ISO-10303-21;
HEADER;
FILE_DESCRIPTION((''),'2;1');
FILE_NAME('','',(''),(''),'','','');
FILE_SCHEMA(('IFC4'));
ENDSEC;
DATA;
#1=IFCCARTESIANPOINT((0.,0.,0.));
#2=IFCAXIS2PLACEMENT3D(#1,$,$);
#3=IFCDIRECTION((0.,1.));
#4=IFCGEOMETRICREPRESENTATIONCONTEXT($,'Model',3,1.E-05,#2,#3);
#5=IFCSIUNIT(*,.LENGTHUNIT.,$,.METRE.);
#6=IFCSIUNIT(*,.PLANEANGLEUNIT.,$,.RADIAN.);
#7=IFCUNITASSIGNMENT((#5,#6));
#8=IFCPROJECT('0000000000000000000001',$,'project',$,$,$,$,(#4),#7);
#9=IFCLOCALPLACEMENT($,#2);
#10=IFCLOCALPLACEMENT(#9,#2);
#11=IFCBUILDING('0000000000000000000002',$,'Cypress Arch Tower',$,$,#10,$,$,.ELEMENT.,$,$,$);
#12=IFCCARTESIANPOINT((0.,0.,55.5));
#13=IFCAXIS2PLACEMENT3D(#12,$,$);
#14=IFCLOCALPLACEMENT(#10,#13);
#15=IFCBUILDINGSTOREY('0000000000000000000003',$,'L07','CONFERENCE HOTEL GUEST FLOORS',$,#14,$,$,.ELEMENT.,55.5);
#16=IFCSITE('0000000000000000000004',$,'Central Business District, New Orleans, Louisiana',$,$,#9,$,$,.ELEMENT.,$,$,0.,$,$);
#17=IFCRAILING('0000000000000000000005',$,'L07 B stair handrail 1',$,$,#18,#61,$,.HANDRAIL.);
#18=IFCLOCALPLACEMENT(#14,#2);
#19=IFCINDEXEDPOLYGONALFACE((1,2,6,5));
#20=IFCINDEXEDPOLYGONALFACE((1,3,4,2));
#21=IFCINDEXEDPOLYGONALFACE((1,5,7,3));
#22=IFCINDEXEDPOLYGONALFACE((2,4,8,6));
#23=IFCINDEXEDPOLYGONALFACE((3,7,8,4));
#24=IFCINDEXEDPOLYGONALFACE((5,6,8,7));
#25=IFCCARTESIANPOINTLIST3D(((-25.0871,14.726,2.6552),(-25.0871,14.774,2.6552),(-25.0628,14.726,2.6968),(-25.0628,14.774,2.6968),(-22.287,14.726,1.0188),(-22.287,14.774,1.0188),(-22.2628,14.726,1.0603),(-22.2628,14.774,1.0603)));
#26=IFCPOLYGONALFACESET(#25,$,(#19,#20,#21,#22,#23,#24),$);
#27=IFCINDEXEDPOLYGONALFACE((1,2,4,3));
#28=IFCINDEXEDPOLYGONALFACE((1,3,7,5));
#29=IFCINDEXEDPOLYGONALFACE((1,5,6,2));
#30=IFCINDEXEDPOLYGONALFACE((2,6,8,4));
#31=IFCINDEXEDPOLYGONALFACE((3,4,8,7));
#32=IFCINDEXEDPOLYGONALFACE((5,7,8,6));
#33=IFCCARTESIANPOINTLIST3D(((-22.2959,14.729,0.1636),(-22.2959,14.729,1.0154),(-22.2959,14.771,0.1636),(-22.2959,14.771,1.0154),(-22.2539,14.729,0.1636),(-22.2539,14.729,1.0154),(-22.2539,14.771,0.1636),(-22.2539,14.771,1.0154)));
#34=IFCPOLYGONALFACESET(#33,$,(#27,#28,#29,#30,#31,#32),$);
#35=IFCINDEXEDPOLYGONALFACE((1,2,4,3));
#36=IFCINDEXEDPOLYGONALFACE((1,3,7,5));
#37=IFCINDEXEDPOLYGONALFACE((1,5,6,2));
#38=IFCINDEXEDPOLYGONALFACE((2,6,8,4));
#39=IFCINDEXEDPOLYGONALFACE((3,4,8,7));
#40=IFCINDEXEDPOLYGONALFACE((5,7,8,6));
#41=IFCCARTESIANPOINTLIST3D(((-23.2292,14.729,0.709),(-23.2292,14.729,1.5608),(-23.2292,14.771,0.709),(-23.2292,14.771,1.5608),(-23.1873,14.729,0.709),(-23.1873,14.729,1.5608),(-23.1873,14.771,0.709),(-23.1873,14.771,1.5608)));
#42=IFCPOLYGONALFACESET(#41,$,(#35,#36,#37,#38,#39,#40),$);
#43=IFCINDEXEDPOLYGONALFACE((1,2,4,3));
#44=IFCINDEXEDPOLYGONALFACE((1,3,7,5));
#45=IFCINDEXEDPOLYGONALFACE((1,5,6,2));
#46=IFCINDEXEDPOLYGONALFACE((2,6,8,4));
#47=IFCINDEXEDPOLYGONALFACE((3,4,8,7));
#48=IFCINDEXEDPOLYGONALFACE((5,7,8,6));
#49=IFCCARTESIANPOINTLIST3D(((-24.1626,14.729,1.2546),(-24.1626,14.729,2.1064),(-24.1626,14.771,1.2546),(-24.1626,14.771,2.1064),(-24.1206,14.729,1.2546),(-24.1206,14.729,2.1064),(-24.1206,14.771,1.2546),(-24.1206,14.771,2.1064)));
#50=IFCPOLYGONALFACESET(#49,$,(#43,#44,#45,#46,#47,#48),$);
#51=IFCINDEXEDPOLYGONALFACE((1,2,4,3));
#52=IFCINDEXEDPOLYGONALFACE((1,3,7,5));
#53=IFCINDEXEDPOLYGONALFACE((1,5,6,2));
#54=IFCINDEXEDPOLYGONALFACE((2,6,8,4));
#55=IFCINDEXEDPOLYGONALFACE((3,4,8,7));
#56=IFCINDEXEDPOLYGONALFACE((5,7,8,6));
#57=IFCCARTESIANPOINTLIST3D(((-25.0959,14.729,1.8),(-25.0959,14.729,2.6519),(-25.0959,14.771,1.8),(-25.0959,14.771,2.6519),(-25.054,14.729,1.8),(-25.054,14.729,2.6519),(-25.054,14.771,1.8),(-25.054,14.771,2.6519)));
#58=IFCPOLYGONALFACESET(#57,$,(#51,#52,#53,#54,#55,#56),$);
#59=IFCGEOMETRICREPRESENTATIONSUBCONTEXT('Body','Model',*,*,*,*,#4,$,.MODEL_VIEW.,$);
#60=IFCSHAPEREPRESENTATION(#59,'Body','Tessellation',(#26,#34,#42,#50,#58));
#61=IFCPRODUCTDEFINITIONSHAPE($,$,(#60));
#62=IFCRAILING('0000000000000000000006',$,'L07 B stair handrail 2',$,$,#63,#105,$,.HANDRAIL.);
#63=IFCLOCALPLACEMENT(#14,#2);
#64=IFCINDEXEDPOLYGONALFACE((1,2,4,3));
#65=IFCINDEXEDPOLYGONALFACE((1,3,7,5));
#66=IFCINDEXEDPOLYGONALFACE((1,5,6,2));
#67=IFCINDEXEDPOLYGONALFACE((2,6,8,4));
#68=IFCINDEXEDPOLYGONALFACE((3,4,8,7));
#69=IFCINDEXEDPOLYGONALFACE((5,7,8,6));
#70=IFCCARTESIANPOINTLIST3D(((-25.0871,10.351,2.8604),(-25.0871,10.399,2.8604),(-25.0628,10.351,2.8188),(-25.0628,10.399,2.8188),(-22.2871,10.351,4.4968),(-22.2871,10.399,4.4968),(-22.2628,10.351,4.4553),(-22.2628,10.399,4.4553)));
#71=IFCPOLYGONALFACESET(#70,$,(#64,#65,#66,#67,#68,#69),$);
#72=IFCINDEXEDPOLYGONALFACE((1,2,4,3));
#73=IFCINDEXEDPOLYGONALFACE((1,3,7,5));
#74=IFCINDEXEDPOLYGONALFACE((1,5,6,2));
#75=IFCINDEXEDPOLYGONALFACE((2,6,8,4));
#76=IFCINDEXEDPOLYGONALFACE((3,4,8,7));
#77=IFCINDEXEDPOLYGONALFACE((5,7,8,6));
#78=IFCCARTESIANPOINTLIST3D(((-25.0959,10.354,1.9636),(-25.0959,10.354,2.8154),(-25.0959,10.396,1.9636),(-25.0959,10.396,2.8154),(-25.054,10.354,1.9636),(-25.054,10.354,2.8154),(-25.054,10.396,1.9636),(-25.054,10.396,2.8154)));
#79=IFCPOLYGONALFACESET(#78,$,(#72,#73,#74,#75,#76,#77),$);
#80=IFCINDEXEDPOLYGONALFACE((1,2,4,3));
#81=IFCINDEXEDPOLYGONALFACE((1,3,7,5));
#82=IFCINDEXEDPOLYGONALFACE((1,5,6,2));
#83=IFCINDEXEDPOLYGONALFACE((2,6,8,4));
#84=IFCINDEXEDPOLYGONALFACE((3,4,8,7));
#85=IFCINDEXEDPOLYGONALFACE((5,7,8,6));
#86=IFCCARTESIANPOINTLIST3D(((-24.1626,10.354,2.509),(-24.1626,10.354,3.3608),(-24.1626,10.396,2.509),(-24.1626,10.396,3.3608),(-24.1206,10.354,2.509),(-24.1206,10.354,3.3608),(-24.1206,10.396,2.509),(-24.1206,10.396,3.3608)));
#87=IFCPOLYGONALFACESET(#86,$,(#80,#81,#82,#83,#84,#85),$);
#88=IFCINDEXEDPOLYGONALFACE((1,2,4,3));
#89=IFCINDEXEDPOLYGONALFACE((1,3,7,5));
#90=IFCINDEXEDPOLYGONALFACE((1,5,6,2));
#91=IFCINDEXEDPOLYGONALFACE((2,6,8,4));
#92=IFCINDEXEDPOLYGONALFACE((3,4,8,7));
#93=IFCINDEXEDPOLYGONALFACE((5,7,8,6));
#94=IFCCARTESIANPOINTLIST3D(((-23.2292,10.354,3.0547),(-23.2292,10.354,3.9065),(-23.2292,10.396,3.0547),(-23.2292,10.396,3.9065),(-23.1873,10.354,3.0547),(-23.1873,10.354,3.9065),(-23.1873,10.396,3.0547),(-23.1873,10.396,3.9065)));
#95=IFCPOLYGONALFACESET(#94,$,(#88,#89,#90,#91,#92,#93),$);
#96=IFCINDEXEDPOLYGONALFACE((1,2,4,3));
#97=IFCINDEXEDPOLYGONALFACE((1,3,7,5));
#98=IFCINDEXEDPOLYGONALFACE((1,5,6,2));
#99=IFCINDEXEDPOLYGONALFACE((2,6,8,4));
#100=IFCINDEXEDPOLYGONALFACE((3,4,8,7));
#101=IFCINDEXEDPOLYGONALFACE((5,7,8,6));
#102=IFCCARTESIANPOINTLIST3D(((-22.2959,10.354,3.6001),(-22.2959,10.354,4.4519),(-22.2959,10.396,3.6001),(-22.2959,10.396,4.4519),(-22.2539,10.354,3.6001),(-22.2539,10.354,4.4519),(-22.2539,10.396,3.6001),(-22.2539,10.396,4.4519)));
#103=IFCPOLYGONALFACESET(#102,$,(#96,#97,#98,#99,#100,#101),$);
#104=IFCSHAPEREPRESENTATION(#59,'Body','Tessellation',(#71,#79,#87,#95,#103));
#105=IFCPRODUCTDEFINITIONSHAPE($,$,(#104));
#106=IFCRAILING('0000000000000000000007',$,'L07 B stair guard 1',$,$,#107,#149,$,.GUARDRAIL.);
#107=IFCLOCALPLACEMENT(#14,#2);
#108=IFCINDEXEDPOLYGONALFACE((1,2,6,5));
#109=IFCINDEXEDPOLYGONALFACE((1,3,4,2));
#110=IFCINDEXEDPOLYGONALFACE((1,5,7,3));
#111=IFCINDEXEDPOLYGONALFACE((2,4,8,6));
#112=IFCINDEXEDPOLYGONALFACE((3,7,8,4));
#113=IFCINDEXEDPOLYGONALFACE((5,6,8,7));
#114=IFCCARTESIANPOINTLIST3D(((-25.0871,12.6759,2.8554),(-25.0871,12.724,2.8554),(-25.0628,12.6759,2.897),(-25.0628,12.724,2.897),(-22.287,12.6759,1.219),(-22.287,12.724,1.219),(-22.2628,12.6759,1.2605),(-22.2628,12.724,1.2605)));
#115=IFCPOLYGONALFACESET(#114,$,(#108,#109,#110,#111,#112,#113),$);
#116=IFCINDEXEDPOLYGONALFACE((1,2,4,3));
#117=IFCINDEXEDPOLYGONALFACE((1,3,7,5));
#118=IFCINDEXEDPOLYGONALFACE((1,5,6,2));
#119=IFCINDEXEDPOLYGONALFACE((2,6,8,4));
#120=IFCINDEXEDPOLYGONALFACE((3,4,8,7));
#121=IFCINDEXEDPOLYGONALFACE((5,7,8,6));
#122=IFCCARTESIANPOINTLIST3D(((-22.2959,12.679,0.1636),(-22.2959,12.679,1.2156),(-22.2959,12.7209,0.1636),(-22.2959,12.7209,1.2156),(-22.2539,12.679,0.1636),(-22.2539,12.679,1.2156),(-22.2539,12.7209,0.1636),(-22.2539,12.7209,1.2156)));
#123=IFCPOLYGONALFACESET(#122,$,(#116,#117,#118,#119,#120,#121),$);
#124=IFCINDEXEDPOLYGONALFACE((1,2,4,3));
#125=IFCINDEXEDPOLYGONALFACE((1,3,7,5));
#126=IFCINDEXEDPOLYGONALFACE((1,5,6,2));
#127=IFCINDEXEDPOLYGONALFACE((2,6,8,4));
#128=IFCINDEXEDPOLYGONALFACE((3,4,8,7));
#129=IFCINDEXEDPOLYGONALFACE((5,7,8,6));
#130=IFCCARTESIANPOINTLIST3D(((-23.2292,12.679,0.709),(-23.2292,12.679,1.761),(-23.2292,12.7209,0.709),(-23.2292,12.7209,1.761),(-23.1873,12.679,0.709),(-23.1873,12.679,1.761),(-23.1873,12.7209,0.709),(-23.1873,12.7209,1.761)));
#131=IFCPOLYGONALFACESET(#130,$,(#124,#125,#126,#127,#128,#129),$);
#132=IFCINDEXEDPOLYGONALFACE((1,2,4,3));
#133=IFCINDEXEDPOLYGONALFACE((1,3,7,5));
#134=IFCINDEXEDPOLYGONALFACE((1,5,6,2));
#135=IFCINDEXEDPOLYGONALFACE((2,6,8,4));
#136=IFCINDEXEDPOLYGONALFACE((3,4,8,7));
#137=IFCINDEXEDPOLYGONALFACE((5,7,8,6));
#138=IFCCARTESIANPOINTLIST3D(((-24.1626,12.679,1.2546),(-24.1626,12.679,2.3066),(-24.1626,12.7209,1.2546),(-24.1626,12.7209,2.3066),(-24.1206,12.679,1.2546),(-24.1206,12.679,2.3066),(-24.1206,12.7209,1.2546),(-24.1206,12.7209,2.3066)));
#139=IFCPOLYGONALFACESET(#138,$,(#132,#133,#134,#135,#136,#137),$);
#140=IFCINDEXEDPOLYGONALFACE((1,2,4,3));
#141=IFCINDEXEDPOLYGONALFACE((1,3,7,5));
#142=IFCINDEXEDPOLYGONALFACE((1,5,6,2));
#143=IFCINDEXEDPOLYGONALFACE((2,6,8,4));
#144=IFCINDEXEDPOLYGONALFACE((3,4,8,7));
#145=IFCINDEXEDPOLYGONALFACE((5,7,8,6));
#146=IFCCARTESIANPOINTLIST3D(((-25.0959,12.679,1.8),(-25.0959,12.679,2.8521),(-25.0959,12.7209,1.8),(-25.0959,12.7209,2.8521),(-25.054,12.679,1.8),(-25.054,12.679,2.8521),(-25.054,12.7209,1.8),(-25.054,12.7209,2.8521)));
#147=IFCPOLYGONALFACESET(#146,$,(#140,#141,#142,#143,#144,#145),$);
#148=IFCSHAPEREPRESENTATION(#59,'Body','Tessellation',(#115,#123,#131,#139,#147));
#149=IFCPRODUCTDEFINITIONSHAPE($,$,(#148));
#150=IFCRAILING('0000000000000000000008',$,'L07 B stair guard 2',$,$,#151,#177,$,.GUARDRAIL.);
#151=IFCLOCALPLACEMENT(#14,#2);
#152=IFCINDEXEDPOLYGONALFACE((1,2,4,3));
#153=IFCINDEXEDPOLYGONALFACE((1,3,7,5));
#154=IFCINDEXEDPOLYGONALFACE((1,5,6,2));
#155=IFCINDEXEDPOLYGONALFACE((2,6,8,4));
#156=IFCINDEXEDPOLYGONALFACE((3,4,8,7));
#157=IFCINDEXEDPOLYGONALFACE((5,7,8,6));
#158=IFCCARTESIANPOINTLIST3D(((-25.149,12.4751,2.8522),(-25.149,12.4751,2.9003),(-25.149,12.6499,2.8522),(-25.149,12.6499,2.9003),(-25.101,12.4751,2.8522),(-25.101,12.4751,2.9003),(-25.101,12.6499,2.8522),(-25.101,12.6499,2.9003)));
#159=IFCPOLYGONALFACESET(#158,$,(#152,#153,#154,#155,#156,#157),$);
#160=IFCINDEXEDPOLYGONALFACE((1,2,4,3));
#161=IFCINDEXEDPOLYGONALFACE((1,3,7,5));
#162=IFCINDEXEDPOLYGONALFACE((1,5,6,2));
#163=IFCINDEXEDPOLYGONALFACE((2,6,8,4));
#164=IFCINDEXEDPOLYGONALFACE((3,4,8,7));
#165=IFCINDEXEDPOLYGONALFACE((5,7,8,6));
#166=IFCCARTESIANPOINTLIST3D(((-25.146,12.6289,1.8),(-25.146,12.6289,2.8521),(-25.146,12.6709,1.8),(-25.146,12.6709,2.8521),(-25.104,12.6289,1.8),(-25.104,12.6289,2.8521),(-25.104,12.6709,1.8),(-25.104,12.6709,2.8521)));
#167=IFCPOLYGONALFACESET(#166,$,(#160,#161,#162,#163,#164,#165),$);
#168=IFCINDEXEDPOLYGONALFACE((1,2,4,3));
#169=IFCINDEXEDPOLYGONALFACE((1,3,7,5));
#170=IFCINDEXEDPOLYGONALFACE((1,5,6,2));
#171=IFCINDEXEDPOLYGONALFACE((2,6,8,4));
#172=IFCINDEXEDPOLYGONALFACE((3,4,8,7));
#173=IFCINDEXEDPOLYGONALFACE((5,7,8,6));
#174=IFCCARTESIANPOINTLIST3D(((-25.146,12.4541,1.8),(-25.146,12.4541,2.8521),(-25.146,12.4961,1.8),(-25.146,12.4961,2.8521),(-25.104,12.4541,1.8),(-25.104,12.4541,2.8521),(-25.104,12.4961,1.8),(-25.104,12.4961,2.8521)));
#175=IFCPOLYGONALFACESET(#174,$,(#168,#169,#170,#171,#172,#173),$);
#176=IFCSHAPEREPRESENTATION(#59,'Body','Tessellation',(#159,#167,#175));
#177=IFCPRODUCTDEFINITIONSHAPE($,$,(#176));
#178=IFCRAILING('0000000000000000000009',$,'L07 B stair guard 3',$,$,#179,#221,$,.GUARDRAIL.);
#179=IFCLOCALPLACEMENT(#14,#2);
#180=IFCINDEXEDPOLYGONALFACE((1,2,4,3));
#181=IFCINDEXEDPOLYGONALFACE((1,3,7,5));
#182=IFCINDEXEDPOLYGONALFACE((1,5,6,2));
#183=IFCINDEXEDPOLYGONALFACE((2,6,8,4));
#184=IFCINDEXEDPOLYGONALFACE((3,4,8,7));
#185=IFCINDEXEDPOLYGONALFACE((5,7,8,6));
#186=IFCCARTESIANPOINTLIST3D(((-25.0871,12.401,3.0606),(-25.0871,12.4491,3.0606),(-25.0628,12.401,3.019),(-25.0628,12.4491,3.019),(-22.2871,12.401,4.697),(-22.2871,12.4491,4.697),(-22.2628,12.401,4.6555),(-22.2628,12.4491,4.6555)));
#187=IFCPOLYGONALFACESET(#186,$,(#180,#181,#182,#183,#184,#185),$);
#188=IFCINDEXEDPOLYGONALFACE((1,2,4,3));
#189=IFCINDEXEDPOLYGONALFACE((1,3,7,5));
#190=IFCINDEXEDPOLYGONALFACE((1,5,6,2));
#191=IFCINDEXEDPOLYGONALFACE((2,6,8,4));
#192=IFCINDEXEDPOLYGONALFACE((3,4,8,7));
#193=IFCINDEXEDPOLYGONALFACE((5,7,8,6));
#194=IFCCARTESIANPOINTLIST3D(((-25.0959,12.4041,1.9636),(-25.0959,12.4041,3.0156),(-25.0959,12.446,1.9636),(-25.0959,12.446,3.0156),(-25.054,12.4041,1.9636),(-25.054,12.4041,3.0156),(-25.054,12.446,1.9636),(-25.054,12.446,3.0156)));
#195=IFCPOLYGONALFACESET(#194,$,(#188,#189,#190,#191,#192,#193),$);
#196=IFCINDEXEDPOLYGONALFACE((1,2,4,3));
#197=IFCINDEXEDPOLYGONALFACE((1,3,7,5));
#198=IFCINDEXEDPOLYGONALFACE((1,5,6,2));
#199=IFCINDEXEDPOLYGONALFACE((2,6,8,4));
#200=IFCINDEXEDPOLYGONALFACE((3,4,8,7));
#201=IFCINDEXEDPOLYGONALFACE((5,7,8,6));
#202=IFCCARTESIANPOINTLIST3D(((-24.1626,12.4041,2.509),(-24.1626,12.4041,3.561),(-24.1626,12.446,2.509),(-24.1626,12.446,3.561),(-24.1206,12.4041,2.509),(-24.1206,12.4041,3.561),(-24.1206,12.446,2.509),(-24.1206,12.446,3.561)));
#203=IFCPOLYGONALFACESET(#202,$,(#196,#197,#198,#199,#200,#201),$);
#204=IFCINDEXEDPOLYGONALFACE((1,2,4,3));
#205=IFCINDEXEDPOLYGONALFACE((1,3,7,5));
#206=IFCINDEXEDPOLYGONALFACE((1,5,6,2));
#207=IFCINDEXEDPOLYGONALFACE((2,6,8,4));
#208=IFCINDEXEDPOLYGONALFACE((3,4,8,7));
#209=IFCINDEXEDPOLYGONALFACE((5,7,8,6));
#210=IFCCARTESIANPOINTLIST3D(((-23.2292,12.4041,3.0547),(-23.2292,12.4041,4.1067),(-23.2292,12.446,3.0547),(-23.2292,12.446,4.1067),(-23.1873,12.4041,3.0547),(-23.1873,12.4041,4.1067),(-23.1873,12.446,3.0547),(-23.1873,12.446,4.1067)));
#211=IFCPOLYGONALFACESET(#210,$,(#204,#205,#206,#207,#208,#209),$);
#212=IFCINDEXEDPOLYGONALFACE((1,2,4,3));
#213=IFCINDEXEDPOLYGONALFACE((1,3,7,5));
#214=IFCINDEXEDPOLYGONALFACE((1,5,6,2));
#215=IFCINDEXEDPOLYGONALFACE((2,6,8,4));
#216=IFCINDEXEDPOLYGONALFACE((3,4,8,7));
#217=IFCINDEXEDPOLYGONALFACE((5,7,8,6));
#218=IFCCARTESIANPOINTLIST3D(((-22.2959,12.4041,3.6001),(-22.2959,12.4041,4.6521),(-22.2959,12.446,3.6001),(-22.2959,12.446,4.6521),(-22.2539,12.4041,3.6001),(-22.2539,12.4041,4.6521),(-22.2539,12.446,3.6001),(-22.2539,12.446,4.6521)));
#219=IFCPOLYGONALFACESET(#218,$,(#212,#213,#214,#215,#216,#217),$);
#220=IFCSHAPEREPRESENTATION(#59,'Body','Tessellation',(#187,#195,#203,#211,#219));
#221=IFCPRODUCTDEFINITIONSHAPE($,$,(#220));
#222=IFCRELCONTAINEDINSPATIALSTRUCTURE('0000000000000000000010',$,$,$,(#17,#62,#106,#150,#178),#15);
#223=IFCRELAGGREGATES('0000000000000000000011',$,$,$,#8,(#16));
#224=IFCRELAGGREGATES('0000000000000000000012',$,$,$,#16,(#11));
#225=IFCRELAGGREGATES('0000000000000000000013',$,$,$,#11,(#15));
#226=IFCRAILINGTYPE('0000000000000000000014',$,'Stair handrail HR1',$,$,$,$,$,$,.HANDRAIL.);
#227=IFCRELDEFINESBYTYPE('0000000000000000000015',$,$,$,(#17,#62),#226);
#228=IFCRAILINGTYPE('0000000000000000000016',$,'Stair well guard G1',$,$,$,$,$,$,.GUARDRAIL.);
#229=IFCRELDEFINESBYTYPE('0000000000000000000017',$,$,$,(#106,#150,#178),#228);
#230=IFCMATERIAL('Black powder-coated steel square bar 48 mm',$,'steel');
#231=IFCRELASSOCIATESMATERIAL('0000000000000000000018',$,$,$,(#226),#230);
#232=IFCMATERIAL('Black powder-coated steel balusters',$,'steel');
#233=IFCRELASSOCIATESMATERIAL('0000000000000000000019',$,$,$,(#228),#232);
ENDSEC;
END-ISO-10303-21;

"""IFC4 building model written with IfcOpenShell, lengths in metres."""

from ifc_helpers import new_model, si_unit, direction, frame, origin, origin_2d, place, context, subcontext, project, spatial, rectangle, extrude, material, type_object, element, save


model = new_model("IFC4")

# Units and contexts
model_context = context("Model", 3, precision=1e-05, world=origin(), true_north=direction((0.0, 1.0)))
body_context = subcontext(model_context, "Body", "Model", "MODEL_VIEW")
ifc_project = project(units=[si_unit("LENGTHUNIT", "METRE"), si_unit("PLANEANGLEUNIT", "RADIAN")], contexts=[model_context])

# Site, building, storey
site_placement = place(None, origin())
site = spatial("IfcSite", under=ifc_project, at=site_placement, Name="Central Business District, New Orleans, Louisiana", CompositionType="ELEMENT", RefElevation=0.0)
building_placement = place(site_placement, origin())
building = spatial("IfcBuilding", under=site, at=building_placement, Name="Cypress Arch Tower", CompositionType="ELEMENT")
storey_placement = place(building_placement, frame((0.0, 0.0, 55.5)))
storey = spatial("IfcBuildingStorey", under=building, at=storey_placement, Name="L07", Description="CONFERENCE HOTEL GUEST FLOORS", CompositionType="ELEMENT", Elevation=55.5)

# Railings
ifc_material_1 = material(Name="Black powder-coated steel square bar 48 mm", Category="steel")
railing_type_1 = type_object("IfcRailingType", Name="Stair handrail HR1", PredefinedType="HANDRAIL", material=ifc_material_1)
railing_1_placement = place(storey_placement, frame((-22.2749, 14.75, 0.1636)))
element("IfcRailing", 1, at=railing_1_placement, inside=storey, type_object=railing_type_1, Name="L07 B stair handrail 1", PredefinedType="HANDRAIL", context=body_context, shape_type="SweptSolid", body=[
    extrude(rectangle(XDim=0.0481, YDim=0.0481, at=origin_2d()), frame((0.0, 0.0, 0.876), z_axis=(-0.863361, 0.0, 0.504587), x_axis=(0.0, -1.0, 0.0)), (0.0, 0.0, 1.0), 3.2432),
    extrude(rectangle(XDim=0.042, YDim=0.042, at=origin_2d()), origin(), (0.0, 0.0, 1.0), 0.8518),
    extrude(rectangle(XDim=0.042, YDim=0.042, at=origin_2d()), frame((-0.9333, 0.0, 0.5454)), (0.0, 0.0, 1.0), 0.8518),
    extrude(rectangle(XDim=0.042, YDim=0.042, at=origin_2d()), frame((-1.8667, 0.0, 1.0911)), (0.0, 0.0, 1.0), 0.8518),
    extrude(rectangle(XDim=0.042, YDim=0.042, at=origin_2d()), frame((-2.8, 0.0, 1.6365)), (0.0, 0.0, 1.0), 0.8518),
])
railing_2_placement = place(storey_placement, frame((-25.075, 10.375, 1.9636)))
element("IfcRailing", 2, at=railing_2_placement, inside=storey, type_object=railing_type_1, Name="L07 B stair handrail 2", PredefinedType="HANDRAIL", context=body_context, shape_type="SweptSolid", body=[
    extrude(rectangle(XDim=0.0481, YDim=0.0481, at=origin_2d()), frame((0.0, 0.0, 0.876), z_axis=(0.863361, 0.0, 0.504587), x_axis=(0.0, 1.0, 0.0)), (0.0, 0.0, 1.0), 3.2432),
    extrude(rectangle(XDim=0.042, YDim=0.042, at=origin_2d()), origin(), (0.0, 0.0, 1.0), 0.8518),
    extrude(rectangle(XDim=0.042, YDim=0.042, at=origin_2d()), frame((0.9333, 0.0, 0.5454)), (0.0, 0.0, 1.0), 0.8518),
    extrude(rectangle(XDim=0.042, YDim=0.042, at=origin_2d()), frame((1.8667, 0.0, 1.0911)), (0.0, 0.0, 1.0), 0.8518),
    extrude(rectangle(XDim=0.042, YDim=0.042, at=origin_2d()), frame((2.8, 0.0, 1.6365)), (0.0, 0.0, 1.0), 0.8518),
])
ifc_material_2 = material(Name="Black powder-coated steel balusters", Category="steel")
railing_type_2 = type_object("IfcRailingType", Name="Stair well guard G1", PredefinedType="GUARDRAIL", material=ifc_material_2)
railing_3_placement = place(storey_placement, frame((-22.2749, 12.7, 0.1636)))
element("IfcRailing", 3, at=railing_3_placement, inside=storey, type_object=railing_type_2, Name="L07 B stair guard 1", PredefinedType="GUARDRAIL", context=body_context, shape_type="SweptSolid", body=[
    extrude(rectangle(XDim=0.0481, YDim=0.0481, at=origin_2d()), frame((0.0, 0.0, 1.0762), z_axis=(-0.863361, 0.0, 0.504587), x_axis=(0.0, -1.0, 0.0)), (0.0, 0.0, 1.0), 3.2432),
    extrude(rectangle(XDim=0.042, YDim=0.042, at=origin_2d()), origin(), (0.0, 0.0, 1.0), 1.052),
    extrude(rectangle(XDim=0.042, YDim=0.042, at=origin_2d()), frame((-0.9333, 0.0, 0.5454)), (0.0, 0.0, 1.0), 1.052),
    extrude(rectangle(XDim=0.042, YDim=0.042, at=origin_2d()), frame((-1.8667, 0.0, 1.0911)), (0.0, 0.0, 1.0), 1.052),
    extrude(rectangle(XDim=0.042, YDim=0.042, at=origin_2d()), frame((-2.8, 0.0, 1.6365)), (0.0, 0.0, 1.0), 1.052),
])
railing_4_placement = place(storey_placement, frame((-25.125, 12.6499, 1.8)))
element("IfcRailing", 4, at=railing_4_placement, inside=storey, type_object=railing_type_2, Name="L07 B stair guard 2", PredefinedType="GUARDRAIL", context=body_context, shape_type="SweptSolid", body=[
    extrude(rectangle(XDim=0.0481, YDim=0.0481, at=origin_2d()), frame((0.0, 0.0, 1.0762), z_axis=(0.0, -1.0, 0.0), x_axis=(1.0, 0.0, 0.0)), (0.0, 0.0, 1.0), 0.1748),
    extrude(rectangle(XDim=0.042, YDim=0.042, at=origin_2d()), origin(), (0.0, 0.0, 1.0), 1.052),
    extrude(rectangle(XDim=0.042, YDim=0.042, at=origin_2d()), frame((0.0, -0.1748, 0.0)), (0.0, 0.0, 1.0), 1.052),
])
railing_5_placement = place(storey_placement, frame((-25.075, 12.425, 1.9636)))
element("IfcRailing", 5, at=railing_5_placement, inside=storey, type_object=railing_type_2, Name="L07 B stair guard 3", PredefinedType="GUARDRAIL", context=body_context, shape_type="SweptSolid", body=[
    extrude(rectangle(XDim=0.0481, YDim=0.0481, at=origin_2d()), frame((0.0, 0.0, 1.0762), z_axis=(0.863361, 0.0, 0.504587), x_axis=(0.0, 1.0, 0.0)), (0.0, 0.0, 1.0), 3.2432),
    extrude(rectangle(XDim=0.042, YDim=0.042, at=origin_2d()), origin(), (0.0, 0.0, 1.0), 1.052),
    extrude(rectangle(XDim=0.042, YDim=0.042, at=origin_2d()), frame((0.9333, 0.0, 0.5454)), (0.0, 0.0, 1.0), 1.052),
    extrude(rectangle(XDim=0.042, YDim=0.042, at=origin_2d()), frame((1.8667, 0.0, 1.0911)), (0.0, 0.0, 1.0), 1.052),
    extrude(rectangle(XDim=0.042, YDim=0.042, at=origin_2d()), frame((2.8, 0.0, 1.6365)), (0.0, 0.0, 1.0), 1.052),
])

save(model, "model.ifc")
